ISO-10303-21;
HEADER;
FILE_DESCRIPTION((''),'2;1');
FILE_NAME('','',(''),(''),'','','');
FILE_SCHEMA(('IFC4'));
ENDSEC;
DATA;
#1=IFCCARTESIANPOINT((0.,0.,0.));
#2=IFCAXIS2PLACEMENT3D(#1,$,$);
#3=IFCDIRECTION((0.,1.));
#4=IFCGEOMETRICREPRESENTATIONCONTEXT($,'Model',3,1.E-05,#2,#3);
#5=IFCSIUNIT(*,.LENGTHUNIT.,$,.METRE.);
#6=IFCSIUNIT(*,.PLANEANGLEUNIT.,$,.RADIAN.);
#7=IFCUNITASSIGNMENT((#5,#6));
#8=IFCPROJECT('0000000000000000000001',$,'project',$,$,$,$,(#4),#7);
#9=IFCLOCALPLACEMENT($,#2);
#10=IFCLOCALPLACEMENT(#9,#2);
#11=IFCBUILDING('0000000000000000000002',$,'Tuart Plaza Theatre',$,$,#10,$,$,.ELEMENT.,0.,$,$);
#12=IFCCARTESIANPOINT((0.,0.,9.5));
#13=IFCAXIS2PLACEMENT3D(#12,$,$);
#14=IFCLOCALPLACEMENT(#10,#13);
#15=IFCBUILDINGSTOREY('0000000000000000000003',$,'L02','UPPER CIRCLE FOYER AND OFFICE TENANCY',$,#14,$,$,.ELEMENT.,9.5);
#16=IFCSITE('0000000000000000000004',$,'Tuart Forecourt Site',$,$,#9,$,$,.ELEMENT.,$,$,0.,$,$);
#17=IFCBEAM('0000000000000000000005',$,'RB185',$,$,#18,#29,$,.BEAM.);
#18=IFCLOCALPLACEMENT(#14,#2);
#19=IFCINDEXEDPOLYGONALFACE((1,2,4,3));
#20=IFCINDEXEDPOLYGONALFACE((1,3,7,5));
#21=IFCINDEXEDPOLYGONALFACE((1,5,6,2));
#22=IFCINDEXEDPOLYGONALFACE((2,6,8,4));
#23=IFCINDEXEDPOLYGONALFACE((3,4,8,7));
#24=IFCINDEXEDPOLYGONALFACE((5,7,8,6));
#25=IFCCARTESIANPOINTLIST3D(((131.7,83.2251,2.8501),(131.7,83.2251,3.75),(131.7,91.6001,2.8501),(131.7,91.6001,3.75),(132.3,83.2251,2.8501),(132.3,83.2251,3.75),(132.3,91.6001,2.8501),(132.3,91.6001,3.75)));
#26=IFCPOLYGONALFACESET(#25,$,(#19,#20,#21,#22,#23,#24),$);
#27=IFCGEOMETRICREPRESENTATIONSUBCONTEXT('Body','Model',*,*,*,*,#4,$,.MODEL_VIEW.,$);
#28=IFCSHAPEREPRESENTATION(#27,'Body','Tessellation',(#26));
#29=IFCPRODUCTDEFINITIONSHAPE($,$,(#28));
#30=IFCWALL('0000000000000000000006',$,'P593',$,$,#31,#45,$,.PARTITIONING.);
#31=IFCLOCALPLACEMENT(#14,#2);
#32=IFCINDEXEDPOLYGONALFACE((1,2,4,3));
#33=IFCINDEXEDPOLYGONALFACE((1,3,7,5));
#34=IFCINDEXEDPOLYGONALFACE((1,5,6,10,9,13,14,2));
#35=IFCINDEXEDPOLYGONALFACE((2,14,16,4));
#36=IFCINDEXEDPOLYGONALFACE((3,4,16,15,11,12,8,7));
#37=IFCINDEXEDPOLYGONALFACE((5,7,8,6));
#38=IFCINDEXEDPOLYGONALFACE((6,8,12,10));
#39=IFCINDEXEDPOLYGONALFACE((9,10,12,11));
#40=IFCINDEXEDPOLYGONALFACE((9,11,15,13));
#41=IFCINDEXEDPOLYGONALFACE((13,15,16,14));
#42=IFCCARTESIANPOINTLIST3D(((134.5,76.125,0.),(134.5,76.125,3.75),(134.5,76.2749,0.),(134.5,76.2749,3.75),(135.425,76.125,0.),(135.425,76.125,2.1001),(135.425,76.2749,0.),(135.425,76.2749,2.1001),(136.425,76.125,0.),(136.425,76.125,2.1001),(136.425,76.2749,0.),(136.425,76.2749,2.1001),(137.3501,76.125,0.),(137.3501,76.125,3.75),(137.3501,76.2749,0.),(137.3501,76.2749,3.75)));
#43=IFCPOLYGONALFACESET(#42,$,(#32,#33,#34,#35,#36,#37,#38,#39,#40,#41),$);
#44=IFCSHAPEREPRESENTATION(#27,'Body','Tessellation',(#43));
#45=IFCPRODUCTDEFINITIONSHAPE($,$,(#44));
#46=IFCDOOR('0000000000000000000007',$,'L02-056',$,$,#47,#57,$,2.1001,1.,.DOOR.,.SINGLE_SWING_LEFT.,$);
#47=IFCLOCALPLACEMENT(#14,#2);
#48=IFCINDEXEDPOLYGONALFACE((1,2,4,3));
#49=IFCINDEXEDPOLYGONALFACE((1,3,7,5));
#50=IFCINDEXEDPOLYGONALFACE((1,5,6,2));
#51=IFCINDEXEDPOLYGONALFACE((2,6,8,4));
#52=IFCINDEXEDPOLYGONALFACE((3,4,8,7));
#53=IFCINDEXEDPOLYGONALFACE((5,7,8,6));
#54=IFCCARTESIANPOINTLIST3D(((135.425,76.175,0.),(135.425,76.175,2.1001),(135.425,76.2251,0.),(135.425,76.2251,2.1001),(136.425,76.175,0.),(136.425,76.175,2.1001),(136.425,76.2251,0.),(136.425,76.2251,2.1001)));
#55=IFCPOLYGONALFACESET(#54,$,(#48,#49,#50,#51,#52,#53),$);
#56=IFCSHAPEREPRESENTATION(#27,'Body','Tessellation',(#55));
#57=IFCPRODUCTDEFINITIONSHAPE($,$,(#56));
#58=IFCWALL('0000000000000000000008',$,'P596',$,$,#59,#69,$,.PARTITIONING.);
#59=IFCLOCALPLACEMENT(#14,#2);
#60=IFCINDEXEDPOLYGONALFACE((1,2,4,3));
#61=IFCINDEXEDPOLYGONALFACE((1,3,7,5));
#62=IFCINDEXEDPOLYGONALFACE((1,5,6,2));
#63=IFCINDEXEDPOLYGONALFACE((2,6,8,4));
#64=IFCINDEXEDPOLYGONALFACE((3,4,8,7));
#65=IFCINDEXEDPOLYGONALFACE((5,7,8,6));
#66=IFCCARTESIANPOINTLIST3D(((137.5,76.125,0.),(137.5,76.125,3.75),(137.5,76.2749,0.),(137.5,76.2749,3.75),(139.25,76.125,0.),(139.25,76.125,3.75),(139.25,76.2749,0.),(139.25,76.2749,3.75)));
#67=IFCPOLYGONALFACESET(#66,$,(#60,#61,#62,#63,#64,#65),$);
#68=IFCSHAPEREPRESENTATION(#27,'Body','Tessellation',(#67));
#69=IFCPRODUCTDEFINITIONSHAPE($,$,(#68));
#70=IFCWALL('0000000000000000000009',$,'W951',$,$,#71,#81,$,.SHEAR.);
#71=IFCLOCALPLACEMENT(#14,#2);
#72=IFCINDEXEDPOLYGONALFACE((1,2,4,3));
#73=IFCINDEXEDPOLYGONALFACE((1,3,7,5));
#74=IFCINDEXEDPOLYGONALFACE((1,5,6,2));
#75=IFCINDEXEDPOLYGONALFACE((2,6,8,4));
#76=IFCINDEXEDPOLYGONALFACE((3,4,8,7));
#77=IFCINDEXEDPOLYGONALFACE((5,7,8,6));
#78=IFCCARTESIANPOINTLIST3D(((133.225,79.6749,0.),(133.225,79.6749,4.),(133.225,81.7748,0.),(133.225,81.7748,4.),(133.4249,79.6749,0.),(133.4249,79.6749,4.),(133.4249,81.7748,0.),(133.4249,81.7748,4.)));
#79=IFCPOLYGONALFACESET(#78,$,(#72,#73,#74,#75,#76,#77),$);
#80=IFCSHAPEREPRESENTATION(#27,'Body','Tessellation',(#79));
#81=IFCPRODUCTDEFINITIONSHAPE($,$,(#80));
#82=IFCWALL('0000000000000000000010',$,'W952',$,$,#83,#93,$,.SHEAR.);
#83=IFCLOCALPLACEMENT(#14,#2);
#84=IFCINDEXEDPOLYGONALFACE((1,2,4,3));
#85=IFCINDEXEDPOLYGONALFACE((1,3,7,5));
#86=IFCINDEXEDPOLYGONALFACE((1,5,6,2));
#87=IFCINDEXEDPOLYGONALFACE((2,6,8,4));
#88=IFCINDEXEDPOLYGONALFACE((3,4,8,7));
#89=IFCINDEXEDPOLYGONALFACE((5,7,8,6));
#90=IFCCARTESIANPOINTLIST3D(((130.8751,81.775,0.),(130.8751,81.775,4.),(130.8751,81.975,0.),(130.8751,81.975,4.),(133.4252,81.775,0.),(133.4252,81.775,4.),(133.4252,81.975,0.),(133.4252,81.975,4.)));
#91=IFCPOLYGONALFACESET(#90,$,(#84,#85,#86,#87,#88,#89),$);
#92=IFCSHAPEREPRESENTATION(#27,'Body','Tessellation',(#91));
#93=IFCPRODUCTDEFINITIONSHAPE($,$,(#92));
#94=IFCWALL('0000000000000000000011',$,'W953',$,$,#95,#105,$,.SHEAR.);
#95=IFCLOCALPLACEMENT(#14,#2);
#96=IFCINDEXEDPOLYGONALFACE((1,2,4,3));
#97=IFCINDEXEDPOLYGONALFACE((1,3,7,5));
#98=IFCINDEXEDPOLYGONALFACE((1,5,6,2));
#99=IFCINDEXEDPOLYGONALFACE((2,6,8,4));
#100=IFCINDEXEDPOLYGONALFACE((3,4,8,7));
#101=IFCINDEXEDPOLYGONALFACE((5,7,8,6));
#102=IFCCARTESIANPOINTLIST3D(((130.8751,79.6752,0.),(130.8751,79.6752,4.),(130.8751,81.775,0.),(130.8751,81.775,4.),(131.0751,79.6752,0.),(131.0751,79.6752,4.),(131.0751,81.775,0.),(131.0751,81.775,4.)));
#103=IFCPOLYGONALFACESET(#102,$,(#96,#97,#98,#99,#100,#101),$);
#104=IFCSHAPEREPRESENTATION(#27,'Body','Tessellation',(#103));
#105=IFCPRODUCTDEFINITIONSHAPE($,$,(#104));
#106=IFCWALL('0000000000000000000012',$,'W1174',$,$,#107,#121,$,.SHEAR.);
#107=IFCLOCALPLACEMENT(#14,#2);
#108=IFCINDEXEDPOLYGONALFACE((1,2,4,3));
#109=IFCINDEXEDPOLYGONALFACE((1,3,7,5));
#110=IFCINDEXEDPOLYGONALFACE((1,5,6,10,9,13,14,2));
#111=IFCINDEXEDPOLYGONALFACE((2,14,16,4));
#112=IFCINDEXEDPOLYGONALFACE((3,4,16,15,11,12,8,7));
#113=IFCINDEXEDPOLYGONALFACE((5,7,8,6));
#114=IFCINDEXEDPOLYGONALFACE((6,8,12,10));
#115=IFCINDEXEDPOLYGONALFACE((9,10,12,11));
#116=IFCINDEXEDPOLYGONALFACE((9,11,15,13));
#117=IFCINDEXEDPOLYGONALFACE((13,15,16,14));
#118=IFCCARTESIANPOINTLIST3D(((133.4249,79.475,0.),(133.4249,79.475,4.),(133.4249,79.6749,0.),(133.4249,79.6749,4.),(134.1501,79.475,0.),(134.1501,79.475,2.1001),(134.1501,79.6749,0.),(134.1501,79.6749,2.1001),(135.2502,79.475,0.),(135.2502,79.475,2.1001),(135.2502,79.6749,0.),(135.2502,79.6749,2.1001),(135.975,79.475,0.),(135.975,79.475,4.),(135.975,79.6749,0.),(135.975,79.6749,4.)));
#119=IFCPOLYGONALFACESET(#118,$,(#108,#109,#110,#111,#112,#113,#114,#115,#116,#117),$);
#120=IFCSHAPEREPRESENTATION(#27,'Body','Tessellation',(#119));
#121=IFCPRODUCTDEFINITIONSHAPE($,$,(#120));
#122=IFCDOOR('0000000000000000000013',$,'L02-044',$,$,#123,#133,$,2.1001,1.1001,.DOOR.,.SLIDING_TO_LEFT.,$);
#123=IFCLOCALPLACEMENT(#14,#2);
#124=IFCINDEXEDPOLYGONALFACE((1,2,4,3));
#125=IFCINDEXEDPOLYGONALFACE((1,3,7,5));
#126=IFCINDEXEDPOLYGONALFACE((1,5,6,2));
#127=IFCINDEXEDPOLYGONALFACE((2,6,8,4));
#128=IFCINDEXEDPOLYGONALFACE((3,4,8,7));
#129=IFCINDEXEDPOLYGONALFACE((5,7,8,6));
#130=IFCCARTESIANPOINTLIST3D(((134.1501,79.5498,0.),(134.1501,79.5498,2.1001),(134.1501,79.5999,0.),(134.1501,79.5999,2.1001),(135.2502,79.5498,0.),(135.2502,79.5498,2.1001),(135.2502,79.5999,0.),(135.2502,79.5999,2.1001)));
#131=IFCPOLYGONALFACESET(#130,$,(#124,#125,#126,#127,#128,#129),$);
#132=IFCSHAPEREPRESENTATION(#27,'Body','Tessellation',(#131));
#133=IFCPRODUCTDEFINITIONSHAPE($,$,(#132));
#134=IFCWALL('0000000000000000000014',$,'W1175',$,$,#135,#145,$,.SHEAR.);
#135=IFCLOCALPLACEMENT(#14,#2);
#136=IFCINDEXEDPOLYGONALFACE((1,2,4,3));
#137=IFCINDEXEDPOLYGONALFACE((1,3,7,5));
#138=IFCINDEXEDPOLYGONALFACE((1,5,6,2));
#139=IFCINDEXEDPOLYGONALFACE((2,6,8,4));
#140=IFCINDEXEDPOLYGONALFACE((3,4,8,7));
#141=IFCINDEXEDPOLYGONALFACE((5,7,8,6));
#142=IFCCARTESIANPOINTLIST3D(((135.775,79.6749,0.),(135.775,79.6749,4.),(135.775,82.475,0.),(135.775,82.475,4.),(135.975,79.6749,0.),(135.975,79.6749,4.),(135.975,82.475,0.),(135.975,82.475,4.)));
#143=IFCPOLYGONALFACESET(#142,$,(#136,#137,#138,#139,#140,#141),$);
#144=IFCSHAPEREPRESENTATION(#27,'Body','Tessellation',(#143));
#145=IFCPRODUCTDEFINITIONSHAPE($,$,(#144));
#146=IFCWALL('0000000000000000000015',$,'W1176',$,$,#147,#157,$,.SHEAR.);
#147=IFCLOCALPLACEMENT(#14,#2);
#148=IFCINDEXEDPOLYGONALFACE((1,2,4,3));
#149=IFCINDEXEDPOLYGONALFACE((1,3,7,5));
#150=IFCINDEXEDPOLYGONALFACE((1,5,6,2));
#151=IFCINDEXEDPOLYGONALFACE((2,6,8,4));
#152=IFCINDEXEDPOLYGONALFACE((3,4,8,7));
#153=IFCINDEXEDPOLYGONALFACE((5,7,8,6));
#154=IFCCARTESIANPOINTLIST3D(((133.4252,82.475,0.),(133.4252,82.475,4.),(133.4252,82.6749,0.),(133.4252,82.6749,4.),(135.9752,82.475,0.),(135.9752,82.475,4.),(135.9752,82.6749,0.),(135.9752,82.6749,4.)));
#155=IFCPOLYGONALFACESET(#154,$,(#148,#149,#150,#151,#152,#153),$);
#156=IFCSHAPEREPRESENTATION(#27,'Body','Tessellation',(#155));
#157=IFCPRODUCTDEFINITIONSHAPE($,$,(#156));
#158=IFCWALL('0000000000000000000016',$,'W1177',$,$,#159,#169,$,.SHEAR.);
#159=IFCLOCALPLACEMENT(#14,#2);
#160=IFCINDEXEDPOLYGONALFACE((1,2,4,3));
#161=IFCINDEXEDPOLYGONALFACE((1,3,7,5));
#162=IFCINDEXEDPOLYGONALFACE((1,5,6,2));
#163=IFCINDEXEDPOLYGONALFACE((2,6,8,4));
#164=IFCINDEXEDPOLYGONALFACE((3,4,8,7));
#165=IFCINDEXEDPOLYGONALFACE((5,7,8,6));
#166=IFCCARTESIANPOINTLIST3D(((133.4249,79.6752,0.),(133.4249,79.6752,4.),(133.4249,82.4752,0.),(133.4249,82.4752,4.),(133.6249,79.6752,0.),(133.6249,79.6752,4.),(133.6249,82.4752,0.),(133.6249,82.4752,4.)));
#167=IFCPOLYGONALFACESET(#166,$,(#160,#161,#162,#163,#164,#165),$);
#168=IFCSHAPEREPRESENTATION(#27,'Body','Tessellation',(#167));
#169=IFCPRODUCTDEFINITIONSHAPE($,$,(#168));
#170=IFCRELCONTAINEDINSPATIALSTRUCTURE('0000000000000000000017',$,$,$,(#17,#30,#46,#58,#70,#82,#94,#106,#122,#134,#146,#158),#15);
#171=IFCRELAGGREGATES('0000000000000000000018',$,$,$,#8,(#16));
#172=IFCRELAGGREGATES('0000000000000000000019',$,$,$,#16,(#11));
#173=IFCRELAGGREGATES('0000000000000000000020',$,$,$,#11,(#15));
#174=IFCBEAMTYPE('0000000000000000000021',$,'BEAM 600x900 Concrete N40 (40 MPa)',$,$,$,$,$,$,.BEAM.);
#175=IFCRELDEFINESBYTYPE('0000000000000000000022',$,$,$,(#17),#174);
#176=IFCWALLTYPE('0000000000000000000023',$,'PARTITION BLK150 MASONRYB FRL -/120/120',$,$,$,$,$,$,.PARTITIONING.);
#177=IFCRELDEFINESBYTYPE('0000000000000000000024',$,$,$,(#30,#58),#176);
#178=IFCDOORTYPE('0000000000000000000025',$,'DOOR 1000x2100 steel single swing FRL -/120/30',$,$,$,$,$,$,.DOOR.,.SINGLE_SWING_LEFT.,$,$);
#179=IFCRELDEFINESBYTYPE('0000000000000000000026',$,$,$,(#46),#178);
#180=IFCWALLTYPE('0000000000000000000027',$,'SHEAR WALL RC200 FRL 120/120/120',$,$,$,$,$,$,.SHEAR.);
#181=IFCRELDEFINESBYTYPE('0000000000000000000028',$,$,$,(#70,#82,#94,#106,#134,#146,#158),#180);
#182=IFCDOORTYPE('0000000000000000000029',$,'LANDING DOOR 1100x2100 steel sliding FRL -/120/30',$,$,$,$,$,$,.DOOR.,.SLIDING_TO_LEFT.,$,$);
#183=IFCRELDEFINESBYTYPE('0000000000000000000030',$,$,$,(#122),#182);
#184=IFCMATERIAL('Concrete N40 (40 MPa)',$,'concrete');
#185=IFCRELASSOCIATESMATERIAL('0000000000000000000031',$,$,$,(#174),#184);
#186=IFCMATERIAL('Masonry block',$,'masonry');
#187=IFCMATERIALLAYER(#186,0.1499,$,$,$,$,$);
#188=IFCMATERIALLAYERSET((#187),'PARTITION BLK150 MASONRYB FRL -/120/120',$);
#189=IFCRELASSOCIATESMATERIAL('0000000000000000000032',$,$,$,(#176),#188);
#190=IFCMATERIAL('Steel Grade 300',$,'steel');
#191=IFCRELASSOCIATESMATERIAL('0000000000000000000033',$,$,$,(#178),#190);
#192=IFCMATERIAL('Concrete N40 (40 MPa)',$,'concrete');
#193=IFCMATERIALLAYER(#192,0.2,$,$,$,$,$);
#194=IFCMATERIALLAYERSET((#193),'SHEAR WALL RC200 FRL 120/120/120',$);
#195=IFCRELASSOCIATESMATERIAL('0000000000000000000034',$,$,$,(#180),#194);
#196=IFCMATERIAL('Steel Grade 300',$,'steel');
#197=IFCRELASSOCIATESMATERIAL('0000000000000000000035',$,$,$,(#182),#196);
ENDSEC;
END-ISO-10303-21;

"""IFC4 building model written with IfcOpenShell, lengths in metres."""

from ifc_helpers import new_model, si_unit, direction, frame, frame_2d, origin, origin_2d, place, context, subcontext, project, spatial, rectangle, extrude, material, layer, layer_set, material_profile, profile_set, type_object, element, fill, save


model = new_model("IFC4")

# Units and contexts
model_context = context("Model", 3, precision=1e-05, world=origin(), true_north=direction((0.0, 1.0)))
body_context = subcontext(model_context, "Body", "Model", "MODEL_VIEW")
ifc_project = project(units=[si_unit("LENGTHUNIT", "METRE"), si_unit("PLANEANGLEUNIT", "RADIAN")], contexts=[model_context])

# Site, building, storey
site_placement = place(None, origin())
site = spatial("IfcSite", under=ifc_project, at=site_placement, Name="Tuart Forecourt Site", CompositionType="ELEMENT", RefElevation=0.0)
building_placement = place(site_placement, origin())
building = spatial("IfcBuilding", under=site, at=building_placement, Name="Tuart Plaza Theatre", CompositionType="ELEMENT", ElevationOfRefHeight=0.0)
storey_placement = place(building_placement, frame((0.0, 0.0, 9.5)))
storey = spatial("IfcBuildingStorey", under=building, at=storey_placement, Name="L02", Description="UPPER CIRCLE FOYER AND OFFICE TENANCY", CompositionType="ELEMENT", Elevation=9.5)

# Beam
ifc_material_1 = material(Name="Concrete N40 (40 MPa)", Category="concrete")
ifc_material_profile = material_profile(ifc_material_1, rectangle(XDim=0.6001, YDim=0.8999, at=origin_2d()), Name="BEAM 600x900 Concrete N40 (40 MPa)")
ifc_profile_set = profile_set([ifc_material_profile], Name="Concrete N40 (40 MPa)")
beam_type = type_object("IfcBeamType", Name="BEAM 600x900 Concrete N40 (40 MPa)", PredefinedType="BEAM", material=ifc_profile_set)
beam_placement = place(storey_placement, frame((132.0, 83.2251, 3.3), z_axis=(0.0, 1.0, 0.0), x_axis=(-1.0, 0.0, 0.0)))
element("IfcBeam", 1, at=beam_placement, inside=storey, type_object=beam_type, Name="RB185", PredefinedType="BEAM", context=body_context, shape_type="SweptSolid", body=[
    extrude(rectangle(XDim=0.6001, YDim=0.8999, at=origin_2d()), origin(), (0.0, 0.0, 1.0), 8.375),
])

# Wall, opening, door
ifc_material_2 = material(Name="Masonry block", Category="masonry")
ifc_layer_1 = layer(ifc_material_2, 0.1499)
ifc_layer_set_1 = layer_set([ifc_layer_1], Name="PARTITION BLK150 MASONRYB FRL -/120/120")
wall_type_1 = type_object("IfcWallType", Name="PARTITION BLK150 MASONRYB FRL -/120/120", PredefinedType="PARTITIONING", material=ifc_layer_set_1)
wall_1_placement = place(storey_placement, frame((134.5, 76.2, 0.0), z_axis=(0.0, 0.0, 1.0), x_axis=(1.0, 0.0, 0.0)))
wall_1 = element("IfcWall", 2, at=wall_1_placement, inside=storey, type_object=wall_type_1, Name="P593", PredefinedType="PARTITIONING", context=body_context, shape_type="SweptSolid", body=[
    extrude(rectangle(XDim=2.8501, YDim=0.1499, at=frame_2d((1.425, 0.0))), origin(), (0.0, 0.0, 1.0), 3.75),
])
opening_1_placement = place(wall_1_placement, frame((0.925, 0.0, 0.0)))
opening_1 = element("IfcOpeningElement", 3, at=opening_1_placement, cuts=wall_1, PredefinedType="OPENING", context=body_context, shape_type="SweptSolid", body=[
    extrude(rectangle(XDim=1.0, YDim=2.1001, at=frame_2d((0.5, 1.05))), frame((0.0, 0.085, 0.0), z_axis=(0.0, -1.0, 0.0), x_axis=(1.0, 0.0, 0.0)), (0.0, 0.0, 1.0), 0.1699),
])
ifc_material_3 = material(Name="Steel Grade 300", Category="steel")
door_type_1 = type_object("IfcDoorType", Name="DOOR 1000x2100 steel single swing FRL -/120/30", OperationType="SINGLE_SWING_LEFT", PredefinedType="DOOR", material=ifc_material_3)
door_1_placement = place(opening_1_placement, frame((1.0, 0.0, 0.0), z_axis=(0.0, 0.0, 1.0), x_axis=(-1.0, 0.0, 0.0)))
door_1 = element("IfcDoor", 4, at=door_1_placement, inside=storey, type_object=door_type_1, Name="L02-056", OperationType="SINGLE_SWING_LEFT", OverallHeight=2.1001, OverallWidth=1.0, PredefinedType="DOOR", context=body_context, shape_type="SweptSolid", body=[
    extrude(rectangle(XDim=1.0, YDim=2.1001, at=frame_2d((0.5, 1.05))), frame((0.0, 0.0249, 0.0), z_axis=(0.0, -1.0, 0.0), x_axis=(1.0, 0.0, 0.0)), (0.0, 0.0, 1.0), 0.05),
])
fill(opening_1, door_1)

# Walls
wall_2_placement = place(storey_placement, frame((137.5, 76.2, 0.0), z_axis=(0.0, 0.0, 1.0), x_axis=(1.0, 0.0, 0.0)))
element("IfcWall", 5, at=wall_2_placement, inside=storey, type_object=wall_type_1, Name="P596", PredefinedType="PARTITIONING", context=body_context, shape_type="SweptSolid", body=[
    extrude(rectangle(XDim=1.75, YDim=0.1499, at=frame_2d((0.875, 0.0))), origin(), (0.0, 0.0, 1.0), 3.75),
])
ifc_material_4 = material(Name="Concrete N40 (40 MPa)", Category="concrete")
ifc_layer_2 = layer(ifc_material_4, 0.2)
ifc_layer_set_2 = layer_set([ifc_layer_2], Name="SHEAR WALL RC200 FRL 120/120/120")
wall_type_2 = type_object("IfcWallType", Name="SHEAR WALL RC200 FRL 120/120/120", PredefinedType="SHEAR", material=ifc_layer_set_2)
wall_3_placement = place(storey_placement, frame((133.325, 79.675, 0.0), z_axis=(0.0, 0.0, 1.0), x_axis=(0.0, 1.0, 0.0)))
element("IfcWall", 6, at=wall_3_placement, inside=storey, type_object=wall_type_2, Name="W951", PredefinedType="SHEAR", context=body_context, shape_type="SweptSolid", body=[
    extrude(rectangle(XDim=2.0999, YDim=0.2, at=frame_2d((1.0498, 0.0))), origin(), (0.0, 0.0, 1.0), 4.0),
])
wall_4_placement = place(storey_placement, frame((133.425, 81.875, 0.0), z_axis=(0.0, 0.0, 1.0), x_axis=(-1.0, 0.0, 0.0)))
element("IfcWall", 7, at=wall_4_placement, inside=storey, type_object=wall_type_2, Name="W952", PredefinedType="SHEAR", context=body_context, shape_type="SweptSolid", body=[
    extrude(rectangle(XDim=2.55, YDim=0.2, at=frame_2d((1.2749, 0.0))), origin(), (0.0, 0.0, 1.0), 4.0),
])
wall_5_placement = place(storey_placement, frame((130.9751, 81.7749, 0.0), z_axis=(0.0, 0.0, 1.0), x_axis=(0.0, -1.0, 0.0)))
element("IfcWall", 8, at=wall_5_placement, inside=storey, type_object=wall_type_2, Name="W953", PredefinedType="SHEAR", context=body_context, shape_type="SweptSolid", body=[
    extrude(rectangle(XDim=2.0999, YDim=0.2, at=frame_2d((1.0498, 0.0))), origin(), (0.0, 0.0, 1.0), 4.0),
])

# Wall, opening, door
wall_6_placement = place(storey_placement, frame((133.425, 79.575, 0.0), z_axis=(0.0, 0.0, 1.0), x_axis=(1.0, 0.0, 0.0)))
wall_6 = element("IfcWall", 9, at=wall_6_placement, inside=storey, type_object=wall_type_2, Name="W1174", PredefinedType="SHEAR", context=body_context, shape_type="SweptSolid", body=[
    extrude(rectangle(XDim=2.55, YDim=0.2, at=frame_2d((1.2749, 0.0))), origin(), (0.0, 0.0, 1.0), 4.0),
])
opening_2_placement = place(wall_6_placement, frame((0.7251, 0.0, 0.0)))
opening_2 = element("IfcOpeningElement", 10, at=opening_2_placement, cuts=wall_6, PredefinedType="OPENING", context=body_context, shape_type="SweptSolid", body=[
    extrude(rectangle(XDim=1.1001, YDim=2.1001, at=frame_2d((0.55, 1.05))), frame((0.0, 0.1099, 0.0), z_axis=(0.0, -1.0, 0.0), x_axis=(1.0, 0.0, 0.0)), (0.0, 0.0, 1.0), 0.22),
])
ifc_material_5 = material(Name="Steel Grade 300", Category="steel")
door_type_2 = type_object("IfcDoorType", Name="LANDING DOOR 1100x2100 steel sliding FRL -/120/30", OperationType="SLIDING_TO_LEFT", PredefinedType="DOOR", material=ifc_material_5)
door_2_placement = place(opening_2_placement, origin())
door_2 = element("IfcDoor", 11, at=door_2_placement, inside=storey, type_object=door_type_2, Name="L02-044", OperationType="SLIDING_TO_LEFT", OverallHeight=2.1001, OverallWidth=1.1001, PredefinedType="DOOR", context=body_context, shape_type="SweptSolid", body=[
    extrude(rectangle(XDim=1.1001, YDim=2.1001, at=frame_2d((0.55, 1.05))), frame((0.0, 0.0249, 0.0), z_axis=(0.0, -1.0, 0.0), x_axis=(1.0, 0.0, 0.0)), (0.0, 0.0, 1.0), 0.05),
])
fill(opening_2, door_2)

# Walls
wall_7_placement = place(storey_placement, frame((135.875, 79.675, 0.0), z_axis=(0.0, 0.0, 1.0), x_axis=(0.0, 1.0, 0.0)))
element("IfcWall", 12, at=wall_7_placement, inside=storey, type_object=wall_type_2, Name="W1175", PredefinedType="SHEAR", context=body_context, shape_type="SweptSolid", body=[
    extrude(rectangle(XDim=2.8, YDim=0.2, at=frame_2d((1.3999, 0.0))), origin(), (0.0, 0.0, 1.0), 4.0),
])
wall_8_placement = place(storey_placement, frame((135.9751, 82.575, 0.0), z_axis=(0.0, 0.0, 1.0), x_axis=(-1.0, 0.0, 0.0)))
element("IfcWall", 13, at=wall_8_placement, inside=storey, type_object=wall_type_2, Name="W1176", PredefinedType="SHEAR", context=body_context, shape_type="SweptSolid", body=[
    extrude(rectangle(XDim=2.55, YDim=0.2, at=frame_2d((1.2749, 0.0))), origin(), (0.0, 0.0, 1.0), 4.0),
])
wall_9_placement = place(storey_placement, frame((133.5249, 82.4751, 0.0), z_axis=(0.0, 0.0, 1.0), x_axis=(0.0, -1.0, 0.0)))
element("IfcWall", 14, at=wall_9_placement, inside=storey, type_object=wall_type_2, Name="W1177", PredefinedType="SHEAR", context=body_context, shape_type="SweptSolid", body=[
    extrude(rectangle(XDim=2.8, YDim=0.2, at=frame_2d((1.3999, 0.0))), origin(), (0.0, 0.0, 1.0), 4.0),
])

save(model, "model.ifc")
